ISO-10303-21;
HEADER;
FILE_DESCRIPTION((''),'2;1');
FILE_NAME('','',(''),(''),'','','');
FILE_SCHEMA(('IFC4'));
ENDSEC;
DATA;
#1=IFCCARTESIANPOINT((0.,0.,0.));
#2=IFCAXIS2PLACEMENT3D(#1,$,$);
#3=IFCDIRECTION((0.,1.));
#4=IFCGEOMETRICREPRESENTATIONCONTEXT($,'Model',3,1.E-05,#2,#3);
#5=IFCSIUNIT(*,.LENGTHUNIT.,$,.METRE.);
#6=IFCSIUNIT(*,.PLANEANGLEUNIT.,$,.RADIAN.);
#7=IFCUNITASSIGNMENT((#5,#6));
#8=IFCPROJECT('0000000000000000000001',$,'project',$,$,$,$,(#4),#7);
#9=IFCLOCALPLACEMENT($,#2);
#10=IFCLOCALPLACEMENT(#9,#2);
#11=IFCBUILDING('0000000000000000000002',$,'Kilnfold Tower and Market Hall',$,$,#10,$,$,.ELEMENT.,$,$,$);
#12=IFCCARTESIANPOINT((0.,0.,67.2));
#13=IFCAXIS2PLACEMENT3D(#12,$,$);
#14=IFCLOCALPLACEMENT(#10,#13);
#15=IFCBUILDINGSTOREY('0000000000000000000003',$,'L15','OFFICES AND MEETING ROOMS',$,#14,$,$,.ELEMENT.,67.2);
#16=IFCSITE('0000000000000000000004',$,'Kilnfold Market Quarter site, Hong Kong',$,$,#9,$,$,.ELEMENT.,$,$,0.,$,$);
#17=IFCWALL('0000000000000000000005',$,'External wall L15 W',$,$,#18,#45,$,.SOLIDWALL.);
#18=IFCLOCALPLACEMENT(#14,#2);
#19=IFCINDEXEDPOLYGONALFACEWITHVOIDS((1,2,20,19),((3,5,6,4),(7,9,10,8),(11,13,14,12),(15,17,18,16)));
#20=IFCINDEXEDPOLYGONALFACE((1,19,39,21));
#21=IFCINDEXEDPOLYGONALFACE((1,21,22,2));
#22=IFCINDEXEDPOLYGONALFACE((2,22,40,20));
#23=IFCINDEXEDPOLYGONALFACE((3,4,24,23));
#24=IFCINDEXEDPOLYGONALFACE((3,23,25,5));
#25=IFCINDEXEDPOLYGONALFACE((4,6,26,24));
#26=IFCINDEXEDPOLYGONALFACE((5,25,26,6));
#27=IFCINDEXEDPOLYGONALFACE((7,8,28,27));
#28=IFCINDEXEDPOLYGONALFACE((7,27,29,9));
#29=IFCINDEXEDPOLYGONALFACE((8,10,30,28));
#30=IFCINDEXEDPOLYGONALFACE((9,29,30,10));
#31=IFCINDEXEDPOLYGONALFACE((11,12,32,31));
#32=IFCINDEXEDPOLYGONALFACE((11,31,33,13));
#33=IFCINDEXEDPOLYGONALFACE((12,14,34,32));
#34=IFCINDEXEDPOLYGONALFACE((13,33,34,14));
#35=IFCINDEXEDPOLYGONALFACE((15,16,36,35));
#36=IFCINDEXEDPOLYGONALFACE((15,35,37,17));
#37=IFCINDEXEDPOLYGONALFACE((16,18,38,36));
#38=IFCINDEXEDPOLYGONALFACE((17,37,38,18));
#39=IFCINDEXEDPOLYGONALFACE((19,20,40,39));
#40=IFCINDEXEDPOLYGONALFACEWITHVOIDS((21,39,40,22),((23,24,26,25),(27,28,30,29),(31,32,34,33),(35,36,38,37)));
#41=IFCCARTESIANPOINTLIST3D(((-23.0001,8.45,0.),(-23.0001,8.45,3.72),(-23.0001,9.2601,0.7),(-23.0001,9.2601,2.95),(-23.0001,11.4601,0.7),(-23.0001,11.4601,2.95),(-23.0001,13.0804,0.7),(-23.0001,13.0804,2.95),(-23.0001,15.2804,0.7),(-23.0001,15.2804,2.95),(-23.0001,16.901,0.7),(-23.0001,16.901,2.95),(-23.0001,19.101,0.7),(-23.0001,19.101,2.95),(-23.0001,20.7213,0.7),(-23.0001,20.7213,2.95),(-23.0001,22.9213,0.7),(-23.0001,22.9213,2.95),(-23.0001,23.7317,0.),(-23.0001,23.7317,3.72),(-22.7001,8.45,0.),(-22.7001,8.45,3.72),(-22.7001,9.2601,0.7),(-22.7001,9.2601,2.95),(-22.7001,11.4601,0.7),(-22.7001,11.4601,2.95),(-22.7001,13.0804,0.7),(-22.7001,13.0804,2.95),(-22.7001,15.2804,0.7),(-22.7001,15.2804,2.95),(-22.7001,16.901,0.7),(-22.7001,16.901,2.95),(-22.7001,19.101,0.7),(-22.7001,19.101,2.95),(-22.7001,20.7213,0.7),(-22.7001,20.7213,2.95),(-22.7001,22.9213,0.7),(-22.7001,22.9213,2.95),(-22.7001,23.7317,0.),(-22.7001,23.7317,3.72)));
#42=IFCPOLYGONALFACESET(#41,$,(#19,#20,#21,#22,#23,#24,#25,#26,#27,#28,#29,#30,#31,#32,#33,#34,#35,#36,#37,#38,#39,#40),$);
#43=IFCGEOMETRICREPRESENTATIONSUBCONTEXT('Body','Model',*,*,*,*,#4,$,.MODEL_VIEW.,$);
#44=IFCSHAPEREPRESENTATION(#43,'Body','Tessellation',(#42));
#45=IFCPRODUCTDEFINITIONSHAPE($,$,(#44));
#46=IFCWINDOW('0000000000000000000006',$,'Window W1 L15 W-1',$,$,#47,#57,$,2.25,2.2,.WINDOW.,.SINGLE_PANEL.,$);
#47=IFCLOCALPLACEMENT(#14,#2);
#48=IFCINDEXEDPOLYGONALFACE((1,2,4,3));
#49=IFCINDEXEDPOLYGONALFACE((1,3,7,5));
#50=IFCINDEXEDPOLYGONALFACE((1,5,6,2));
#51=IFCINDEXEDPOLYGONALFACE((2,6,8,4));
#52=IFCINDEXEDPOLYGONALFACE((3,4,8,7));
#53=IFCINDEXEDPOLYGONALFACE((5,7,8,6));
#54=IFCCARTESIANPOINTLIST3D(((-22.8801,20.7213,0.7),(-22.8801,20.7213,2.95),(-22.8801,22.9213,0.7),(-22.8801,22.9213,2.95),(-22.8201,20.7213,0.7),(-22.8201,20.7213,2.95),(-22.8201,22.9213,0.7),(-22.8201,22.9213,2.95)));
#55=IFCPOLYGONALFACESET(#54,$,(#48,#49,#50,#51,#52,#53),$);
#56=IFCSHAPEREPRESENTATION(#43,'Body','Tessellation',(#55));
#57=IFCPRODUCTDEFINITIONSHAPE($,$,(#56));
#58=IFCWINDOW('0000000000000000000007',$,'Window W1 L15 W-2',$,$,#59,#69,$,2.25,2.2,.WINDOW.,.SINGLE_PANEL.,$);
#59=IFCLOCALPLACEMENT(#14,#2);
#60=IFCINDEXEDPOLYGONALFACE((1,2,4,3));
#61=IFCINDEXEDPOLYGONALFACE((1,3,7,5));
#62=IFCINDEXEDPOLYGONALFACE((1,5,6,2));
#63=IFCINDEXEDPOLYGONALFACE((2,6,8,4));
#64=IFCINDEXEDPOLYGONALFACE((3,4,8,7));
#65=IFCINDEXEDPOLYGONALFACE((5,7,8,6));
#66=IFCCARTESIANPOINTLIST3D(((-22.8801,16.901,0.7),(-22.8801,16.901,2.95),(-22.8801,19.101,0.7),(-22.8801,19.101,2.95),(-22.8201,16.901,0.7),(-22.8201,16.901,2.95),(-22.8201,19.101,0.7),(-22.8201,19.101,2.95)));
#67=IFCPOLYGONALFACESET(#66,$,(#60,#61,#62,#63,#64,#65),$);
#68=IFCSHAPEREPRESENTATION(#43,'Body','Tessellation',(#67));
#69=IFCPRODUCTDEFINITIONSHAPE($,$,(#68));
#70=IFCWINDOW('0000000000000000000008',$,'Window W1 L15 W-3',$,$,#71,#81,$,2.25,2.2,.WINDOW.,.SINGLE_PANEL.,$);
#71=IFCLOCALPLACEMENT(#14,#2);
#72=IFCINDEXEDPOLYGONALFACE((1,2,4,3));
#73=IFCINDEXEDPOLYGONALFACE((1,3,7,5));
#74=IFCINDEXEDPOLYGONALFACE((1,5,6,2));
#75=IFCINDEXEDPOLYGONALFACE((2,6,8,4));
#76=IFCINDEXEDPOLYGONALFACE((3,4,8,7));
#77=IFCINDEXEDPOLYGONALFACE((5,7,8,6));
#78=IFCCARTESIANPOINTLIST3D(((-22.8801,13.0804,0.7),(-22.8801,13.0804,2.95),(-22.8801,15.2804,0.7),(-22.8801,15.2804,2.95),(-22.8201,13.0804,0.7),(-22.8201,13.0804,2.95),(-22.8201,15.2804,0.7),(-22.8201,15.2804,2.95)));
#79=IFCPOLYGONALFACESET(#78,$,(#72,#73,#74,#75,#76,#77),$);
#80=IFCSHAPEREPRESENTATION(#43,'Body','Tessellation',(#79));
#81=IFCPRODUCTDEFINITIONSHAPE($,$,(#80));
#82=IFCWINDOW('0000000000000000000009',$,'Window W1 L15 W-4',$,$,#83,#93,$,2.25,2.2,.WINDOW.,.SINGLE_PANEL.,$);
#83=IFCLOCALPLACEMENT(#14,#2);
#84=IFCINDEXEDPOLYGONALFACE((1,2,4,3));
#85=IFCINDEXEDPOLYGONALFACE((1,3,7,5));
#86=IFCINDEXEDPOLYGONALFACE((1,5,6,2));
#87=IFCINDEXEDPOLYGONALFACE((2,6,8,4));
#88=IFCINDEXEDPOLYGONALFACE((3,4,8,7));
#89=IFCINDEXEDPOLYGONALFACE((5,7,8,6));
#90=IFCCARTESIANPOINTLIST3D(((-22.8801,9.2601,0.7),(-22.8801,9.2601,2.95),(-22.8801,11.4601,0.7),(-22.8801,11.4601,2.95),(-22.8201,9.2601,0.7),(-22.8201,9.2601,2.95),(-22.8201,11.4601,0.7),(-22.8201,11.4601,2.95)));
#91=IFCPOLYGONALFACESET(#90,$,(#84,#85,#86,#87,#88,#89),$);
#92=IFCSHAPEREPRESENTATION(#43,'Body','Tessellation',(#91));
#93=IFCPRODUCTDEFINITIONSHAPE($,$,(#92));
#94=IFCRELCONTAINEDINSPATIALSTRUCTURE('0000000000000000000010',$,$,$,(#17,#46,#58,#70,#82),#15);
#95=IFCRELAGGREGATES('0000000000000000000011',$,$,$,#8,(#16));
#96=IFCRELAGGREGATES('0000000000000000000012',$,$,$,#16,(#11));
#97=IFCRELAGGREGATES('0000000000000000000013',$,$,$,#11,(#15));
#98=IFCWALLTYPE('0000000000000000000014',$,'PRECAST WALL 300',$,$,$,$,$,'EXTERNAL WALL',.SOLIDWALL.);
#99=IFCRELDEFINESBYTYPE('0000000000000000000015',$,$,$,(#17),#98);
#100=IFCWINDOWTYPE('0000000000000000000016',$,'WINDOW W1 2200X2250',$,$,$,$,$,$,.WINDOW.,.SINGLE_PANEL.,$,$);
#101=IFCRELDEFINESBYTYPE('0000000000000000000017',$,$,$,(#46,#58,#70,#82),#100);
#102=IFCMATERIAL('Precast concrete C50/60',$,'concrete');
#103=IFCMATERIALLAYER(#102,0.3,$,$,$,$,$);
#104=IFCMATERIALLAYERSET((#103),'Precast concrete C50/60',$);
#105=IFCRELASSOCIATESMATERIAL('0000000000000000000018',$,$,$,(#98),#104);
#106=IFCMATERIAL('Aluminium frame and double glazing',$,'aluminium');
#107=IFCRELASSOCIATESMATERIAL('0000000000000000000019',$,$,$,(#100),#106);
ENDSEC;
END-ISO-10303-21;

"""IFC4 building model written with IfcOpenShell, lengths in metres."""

from ifc_helpers import new_model, si_unit, direction, frame, frame_2d, origin, place, context, subcontext, project, spatial, rectangle, extrude, source, transform, mapped, material, layer, layer_set, type_object, element, fill, save


model = new_model("IFC4")

# Units and contexts
model_context = context("Model", 3, precision=1e-05, world=origin(), true_north=direction((0.0, 1.0)))
body_context = subcontext(model_context, "Body", "Model", "MODEL_VIEW")
ifc_project = project(units=[si_unit("LENGTHUNIT", "METRE"), si_unit("PLANEANGLEUNIT", "RADIAN")], contexts=[model_context])

# Site, building, storey
site_placement = place(None, origin())
site = spatial("IfcSite", under=ifc_project, at=site_placement, Name="Kilnfold Market Quarter site, Hong Kong", CompositionType="ELEMENT", RefElevation=0.0)
building_placement = place(site_placement, origin())
building = spatial("IfcBuilding", under=site, at=building_placement, Name="Kilnfold Tower and Market Hall", CompositionType="ELEMENT")
storey_placement = place(building_placement, frame((0.0, 0.0, 67.2)))
storey = spatial("IfcBuildingStorey", under=building, at=storey_placement, Name="L15", Description="OFFICES AND MEETING ROOMS", CompositionType="ELEMENT", Elevation=67.2)

# Shared definitions
ifc_material_1 = material(Name="Precast concrete C50/60", Category="concrete")
ifc_layer_1 = layer(ifc_material_1, 0.3)
ifc_layer_set_1 = layer_set([ifc_layer_1], Name="Precast concrete C50/60")
wall_type_1 = type_object("IfcWallType", Name="PRECAST WALL 300", ElementType="EXTERNAL WALL", PredefinedType="SOLIDWALL", material=ifc_layer_set_1)
ifc_material_2 = material(Name="Aluminium frame and double glazing", Category="aluminium")
window_type = type_object("IfcWindowType", Name="WINDOW W1 2200X2250", PartitioningType="SINGLE_PANEL", PredefinedType="WINDOW", material=ifc_material_2)

# Wall, openings, windows
shared_shape_1 = source(origin(), body_context, "Body", "SweptSolid", [
    extrude(rectangle(XDim=15.2817, YDim=0.3, at=frame_2d((7.6409, 0.0))), origin(), (0.0, 0.0, 1.0), 3.72),
])
wall_1_placement = place(storey_placement, frame((-22.8501, 23.7317, 0.0), z_axis=(0.0, 0.0, 1.0), x_axis=(0.0, -1.0, 0.0)))
wall_1 = element("IfcWall", 1, at=wall_1_placement, inside=storey, type_object=wall_type_1, Name="External wall L15 W", PredefinedType="SOLIDWALL", context=body_context, shape_type="MappedRepresentation", body=[
    mapped(shared_shape_1, transform((0.0, 0.0, 0.0))),
])
opening_1_placement = place(wall_1_placement, frame((0.8103, 0.0, 0.7)))
opening_1 = element("IfcOpeningElement", 2, at=opening_1_placement, cuts=wall_1, PredefinedType="OPENING", context=body_context, shape_type="SweptSolid", body=[
    extrude(rectangle(XDim=2.2, YDim=2.25, at=frame_2d((1.1001, 1.125))), frame((0.0, 0.1602, 0.0), z_axis=(0.0, -1.0, 0.0), x_axis=(1.0, 0.0, 0.0)), (0.0, 0.0, 1.0), 0.3201),
])
opening_2_placement = place(wall_1_placement, frame((4.6306, 0.0, 0.7)))
opening_2 = element("IfcOpeningElement", 3, at=opening_2_placement, cuts=wall_1, PredefinedType="OPENING", context=body_context, shape_type="SweptSolid", body=[
    extrude(rectangle(XDim=2.2, YDim=2.25, at=frame_2d((1.1001, 1.125))), frame((0.0, 0.1602, 0.0), z_axis=(0.0, -1.0, 0.0), x_axis=(1.0, 0.0, 0.0)), (0.0, 0.0, 1.0), 0.3201),
])
opening_3_placement = place(wall_1_placement, frame((8.4512, 0.0, 0.7)))
opening_3 = element("IfcOpeningElement", 4, at=opening_3_placement, cuts=wall_1, PredefinedType="OPENING", context=body_context, shape_type="SweptSolid", body=[
    extrude(rectangle(XDim=2.2, YDim=2.25, at=frame_2d((1.1001, 1.125))), frame((0.0, 0.1602, 0.0), z_axis=(0.0, -1.0, 0.0), x_axis=(1.0, 0.0, 0.0)), (0.0, 0.0, 1.0), 0.3201),
])
opening_4_placement = place(wall_1_placement, frame((12.2715, 0.0, 0.7)))
opening_4 = element("IfcOpeningElement", 5, at=opening_4_placement, cuts=wall_1, PredefinedType="OPENING", context=body_context, shape_type="SweptSolid", body=[
    extrude(rectangle(XDim=2.2, YDim=2.25, at=frame_2d((1.1001, 1.125))), frame((0.0, 0.1602, 0.0), z_axis=(0.0, -1.0, 0.0), x_axis=(1.0, 0.0, 0.0)), (0.0, 0.0, 1.0), 0.3201),
])
window_1_placement = place(opening_1_placement, origin())
window_1 = element("IfcWindow", 6, at=window_1_placement, inside=storey, type_object=window_type, Name="Window W1 L15 W-1", OverallHeight=2.25, OverallWidth=2.2, PartitioningType="SINGLE_PANEL", PredefinedType="WINDOW", context=body_context, shape_type="SweptSolid", body=[
    extrude(rectangle(XDim=2.2, YDim=2.25, at=frame_2d((1.1001, 1.125))), frame((0.0, 0.03, 0.0), z_axis=(0.0, -1.0, 0.0), x_axis=(1.0, 0.0, 0.0)), (0.0, 0.0, 1.0), 0.0601),
])
fill(opening_1, window_1)
window_2_placement = place(opening_2_placement, origin())
window_2 = element("IfcWindow", 7, at=window_2_placement, inside=storey, type_object=window_type, Name="Window W1 L15 W-2", OverallHeight=2.25, OverallWidth=2.2, PartitioningType="SINGLE_PANEL", PredefinedType="WINDOW", context=body_context, shape_type="SweptSolid", body=[
    extrude(rectangle(XDim=2.2, YDim=2.25, at=frame_2d((1.1001, 1.125))), frame((0.0, 0.03, 0.0), z_axis=(0.0, -1.0, 0.0), x_axis=(1.0, 0.0, 0.0)), (0.0, 0.0, 1.0), 0.0601),
])
fill(opening_2, window_2)
window_3_placement = place(opening_3_placement, origin())
window_3 = element("IfcWindow", 8, at=window_3_placement, inside=storey, type_object=window_type, Name="Window W1 L15 W-3", OverallHeight=2.25, OverallWidth=2.2, PartitioningType="SINGLE_PANEL", PredefinedType="WINDOW", context=body_context, shape_type="SweptSolid", body=[
    extrude(rectangle(XDim=2.2, YDim=2.25, at=frame_2d((1.1001, 1.125))), frame((0.0, 0.03, 0.0), z_axis=(0.0, -1.0, 0.0), x_axis=(1.0, 0.0, 0.0)), (0.0, 0.0, 1.0), 0.0601),
])
fill(opening_3, window_3)
window_4_placement = place(opening_4_placement, origin())
window_4 = element("IfcWindow", 9, at=window_4_placement, inside=storey, type_object=window_type, Name="Window W1 L15 W-4", OverallHeight=2.25, OverallWidth=2.2, PartitioningType="SINGLE_PANEL", PredefinedType="WINDOW", context=body_context, shape_type="SweptSolid", body=[
    extrude(rectangle(XDim=2.2, YDim=2.25, at=frame_2d((1.1001, 1.125))), frame((0.0, 0.03, 0.0), z_axis=(0.0, -1.0, 0.0), x_axis=(1.0, 0.0, 0.0)), (0.0, 0.0, 1.0), 0.0601),
])
fill(opening_4, window_4)

save(model, "model.ifc")
